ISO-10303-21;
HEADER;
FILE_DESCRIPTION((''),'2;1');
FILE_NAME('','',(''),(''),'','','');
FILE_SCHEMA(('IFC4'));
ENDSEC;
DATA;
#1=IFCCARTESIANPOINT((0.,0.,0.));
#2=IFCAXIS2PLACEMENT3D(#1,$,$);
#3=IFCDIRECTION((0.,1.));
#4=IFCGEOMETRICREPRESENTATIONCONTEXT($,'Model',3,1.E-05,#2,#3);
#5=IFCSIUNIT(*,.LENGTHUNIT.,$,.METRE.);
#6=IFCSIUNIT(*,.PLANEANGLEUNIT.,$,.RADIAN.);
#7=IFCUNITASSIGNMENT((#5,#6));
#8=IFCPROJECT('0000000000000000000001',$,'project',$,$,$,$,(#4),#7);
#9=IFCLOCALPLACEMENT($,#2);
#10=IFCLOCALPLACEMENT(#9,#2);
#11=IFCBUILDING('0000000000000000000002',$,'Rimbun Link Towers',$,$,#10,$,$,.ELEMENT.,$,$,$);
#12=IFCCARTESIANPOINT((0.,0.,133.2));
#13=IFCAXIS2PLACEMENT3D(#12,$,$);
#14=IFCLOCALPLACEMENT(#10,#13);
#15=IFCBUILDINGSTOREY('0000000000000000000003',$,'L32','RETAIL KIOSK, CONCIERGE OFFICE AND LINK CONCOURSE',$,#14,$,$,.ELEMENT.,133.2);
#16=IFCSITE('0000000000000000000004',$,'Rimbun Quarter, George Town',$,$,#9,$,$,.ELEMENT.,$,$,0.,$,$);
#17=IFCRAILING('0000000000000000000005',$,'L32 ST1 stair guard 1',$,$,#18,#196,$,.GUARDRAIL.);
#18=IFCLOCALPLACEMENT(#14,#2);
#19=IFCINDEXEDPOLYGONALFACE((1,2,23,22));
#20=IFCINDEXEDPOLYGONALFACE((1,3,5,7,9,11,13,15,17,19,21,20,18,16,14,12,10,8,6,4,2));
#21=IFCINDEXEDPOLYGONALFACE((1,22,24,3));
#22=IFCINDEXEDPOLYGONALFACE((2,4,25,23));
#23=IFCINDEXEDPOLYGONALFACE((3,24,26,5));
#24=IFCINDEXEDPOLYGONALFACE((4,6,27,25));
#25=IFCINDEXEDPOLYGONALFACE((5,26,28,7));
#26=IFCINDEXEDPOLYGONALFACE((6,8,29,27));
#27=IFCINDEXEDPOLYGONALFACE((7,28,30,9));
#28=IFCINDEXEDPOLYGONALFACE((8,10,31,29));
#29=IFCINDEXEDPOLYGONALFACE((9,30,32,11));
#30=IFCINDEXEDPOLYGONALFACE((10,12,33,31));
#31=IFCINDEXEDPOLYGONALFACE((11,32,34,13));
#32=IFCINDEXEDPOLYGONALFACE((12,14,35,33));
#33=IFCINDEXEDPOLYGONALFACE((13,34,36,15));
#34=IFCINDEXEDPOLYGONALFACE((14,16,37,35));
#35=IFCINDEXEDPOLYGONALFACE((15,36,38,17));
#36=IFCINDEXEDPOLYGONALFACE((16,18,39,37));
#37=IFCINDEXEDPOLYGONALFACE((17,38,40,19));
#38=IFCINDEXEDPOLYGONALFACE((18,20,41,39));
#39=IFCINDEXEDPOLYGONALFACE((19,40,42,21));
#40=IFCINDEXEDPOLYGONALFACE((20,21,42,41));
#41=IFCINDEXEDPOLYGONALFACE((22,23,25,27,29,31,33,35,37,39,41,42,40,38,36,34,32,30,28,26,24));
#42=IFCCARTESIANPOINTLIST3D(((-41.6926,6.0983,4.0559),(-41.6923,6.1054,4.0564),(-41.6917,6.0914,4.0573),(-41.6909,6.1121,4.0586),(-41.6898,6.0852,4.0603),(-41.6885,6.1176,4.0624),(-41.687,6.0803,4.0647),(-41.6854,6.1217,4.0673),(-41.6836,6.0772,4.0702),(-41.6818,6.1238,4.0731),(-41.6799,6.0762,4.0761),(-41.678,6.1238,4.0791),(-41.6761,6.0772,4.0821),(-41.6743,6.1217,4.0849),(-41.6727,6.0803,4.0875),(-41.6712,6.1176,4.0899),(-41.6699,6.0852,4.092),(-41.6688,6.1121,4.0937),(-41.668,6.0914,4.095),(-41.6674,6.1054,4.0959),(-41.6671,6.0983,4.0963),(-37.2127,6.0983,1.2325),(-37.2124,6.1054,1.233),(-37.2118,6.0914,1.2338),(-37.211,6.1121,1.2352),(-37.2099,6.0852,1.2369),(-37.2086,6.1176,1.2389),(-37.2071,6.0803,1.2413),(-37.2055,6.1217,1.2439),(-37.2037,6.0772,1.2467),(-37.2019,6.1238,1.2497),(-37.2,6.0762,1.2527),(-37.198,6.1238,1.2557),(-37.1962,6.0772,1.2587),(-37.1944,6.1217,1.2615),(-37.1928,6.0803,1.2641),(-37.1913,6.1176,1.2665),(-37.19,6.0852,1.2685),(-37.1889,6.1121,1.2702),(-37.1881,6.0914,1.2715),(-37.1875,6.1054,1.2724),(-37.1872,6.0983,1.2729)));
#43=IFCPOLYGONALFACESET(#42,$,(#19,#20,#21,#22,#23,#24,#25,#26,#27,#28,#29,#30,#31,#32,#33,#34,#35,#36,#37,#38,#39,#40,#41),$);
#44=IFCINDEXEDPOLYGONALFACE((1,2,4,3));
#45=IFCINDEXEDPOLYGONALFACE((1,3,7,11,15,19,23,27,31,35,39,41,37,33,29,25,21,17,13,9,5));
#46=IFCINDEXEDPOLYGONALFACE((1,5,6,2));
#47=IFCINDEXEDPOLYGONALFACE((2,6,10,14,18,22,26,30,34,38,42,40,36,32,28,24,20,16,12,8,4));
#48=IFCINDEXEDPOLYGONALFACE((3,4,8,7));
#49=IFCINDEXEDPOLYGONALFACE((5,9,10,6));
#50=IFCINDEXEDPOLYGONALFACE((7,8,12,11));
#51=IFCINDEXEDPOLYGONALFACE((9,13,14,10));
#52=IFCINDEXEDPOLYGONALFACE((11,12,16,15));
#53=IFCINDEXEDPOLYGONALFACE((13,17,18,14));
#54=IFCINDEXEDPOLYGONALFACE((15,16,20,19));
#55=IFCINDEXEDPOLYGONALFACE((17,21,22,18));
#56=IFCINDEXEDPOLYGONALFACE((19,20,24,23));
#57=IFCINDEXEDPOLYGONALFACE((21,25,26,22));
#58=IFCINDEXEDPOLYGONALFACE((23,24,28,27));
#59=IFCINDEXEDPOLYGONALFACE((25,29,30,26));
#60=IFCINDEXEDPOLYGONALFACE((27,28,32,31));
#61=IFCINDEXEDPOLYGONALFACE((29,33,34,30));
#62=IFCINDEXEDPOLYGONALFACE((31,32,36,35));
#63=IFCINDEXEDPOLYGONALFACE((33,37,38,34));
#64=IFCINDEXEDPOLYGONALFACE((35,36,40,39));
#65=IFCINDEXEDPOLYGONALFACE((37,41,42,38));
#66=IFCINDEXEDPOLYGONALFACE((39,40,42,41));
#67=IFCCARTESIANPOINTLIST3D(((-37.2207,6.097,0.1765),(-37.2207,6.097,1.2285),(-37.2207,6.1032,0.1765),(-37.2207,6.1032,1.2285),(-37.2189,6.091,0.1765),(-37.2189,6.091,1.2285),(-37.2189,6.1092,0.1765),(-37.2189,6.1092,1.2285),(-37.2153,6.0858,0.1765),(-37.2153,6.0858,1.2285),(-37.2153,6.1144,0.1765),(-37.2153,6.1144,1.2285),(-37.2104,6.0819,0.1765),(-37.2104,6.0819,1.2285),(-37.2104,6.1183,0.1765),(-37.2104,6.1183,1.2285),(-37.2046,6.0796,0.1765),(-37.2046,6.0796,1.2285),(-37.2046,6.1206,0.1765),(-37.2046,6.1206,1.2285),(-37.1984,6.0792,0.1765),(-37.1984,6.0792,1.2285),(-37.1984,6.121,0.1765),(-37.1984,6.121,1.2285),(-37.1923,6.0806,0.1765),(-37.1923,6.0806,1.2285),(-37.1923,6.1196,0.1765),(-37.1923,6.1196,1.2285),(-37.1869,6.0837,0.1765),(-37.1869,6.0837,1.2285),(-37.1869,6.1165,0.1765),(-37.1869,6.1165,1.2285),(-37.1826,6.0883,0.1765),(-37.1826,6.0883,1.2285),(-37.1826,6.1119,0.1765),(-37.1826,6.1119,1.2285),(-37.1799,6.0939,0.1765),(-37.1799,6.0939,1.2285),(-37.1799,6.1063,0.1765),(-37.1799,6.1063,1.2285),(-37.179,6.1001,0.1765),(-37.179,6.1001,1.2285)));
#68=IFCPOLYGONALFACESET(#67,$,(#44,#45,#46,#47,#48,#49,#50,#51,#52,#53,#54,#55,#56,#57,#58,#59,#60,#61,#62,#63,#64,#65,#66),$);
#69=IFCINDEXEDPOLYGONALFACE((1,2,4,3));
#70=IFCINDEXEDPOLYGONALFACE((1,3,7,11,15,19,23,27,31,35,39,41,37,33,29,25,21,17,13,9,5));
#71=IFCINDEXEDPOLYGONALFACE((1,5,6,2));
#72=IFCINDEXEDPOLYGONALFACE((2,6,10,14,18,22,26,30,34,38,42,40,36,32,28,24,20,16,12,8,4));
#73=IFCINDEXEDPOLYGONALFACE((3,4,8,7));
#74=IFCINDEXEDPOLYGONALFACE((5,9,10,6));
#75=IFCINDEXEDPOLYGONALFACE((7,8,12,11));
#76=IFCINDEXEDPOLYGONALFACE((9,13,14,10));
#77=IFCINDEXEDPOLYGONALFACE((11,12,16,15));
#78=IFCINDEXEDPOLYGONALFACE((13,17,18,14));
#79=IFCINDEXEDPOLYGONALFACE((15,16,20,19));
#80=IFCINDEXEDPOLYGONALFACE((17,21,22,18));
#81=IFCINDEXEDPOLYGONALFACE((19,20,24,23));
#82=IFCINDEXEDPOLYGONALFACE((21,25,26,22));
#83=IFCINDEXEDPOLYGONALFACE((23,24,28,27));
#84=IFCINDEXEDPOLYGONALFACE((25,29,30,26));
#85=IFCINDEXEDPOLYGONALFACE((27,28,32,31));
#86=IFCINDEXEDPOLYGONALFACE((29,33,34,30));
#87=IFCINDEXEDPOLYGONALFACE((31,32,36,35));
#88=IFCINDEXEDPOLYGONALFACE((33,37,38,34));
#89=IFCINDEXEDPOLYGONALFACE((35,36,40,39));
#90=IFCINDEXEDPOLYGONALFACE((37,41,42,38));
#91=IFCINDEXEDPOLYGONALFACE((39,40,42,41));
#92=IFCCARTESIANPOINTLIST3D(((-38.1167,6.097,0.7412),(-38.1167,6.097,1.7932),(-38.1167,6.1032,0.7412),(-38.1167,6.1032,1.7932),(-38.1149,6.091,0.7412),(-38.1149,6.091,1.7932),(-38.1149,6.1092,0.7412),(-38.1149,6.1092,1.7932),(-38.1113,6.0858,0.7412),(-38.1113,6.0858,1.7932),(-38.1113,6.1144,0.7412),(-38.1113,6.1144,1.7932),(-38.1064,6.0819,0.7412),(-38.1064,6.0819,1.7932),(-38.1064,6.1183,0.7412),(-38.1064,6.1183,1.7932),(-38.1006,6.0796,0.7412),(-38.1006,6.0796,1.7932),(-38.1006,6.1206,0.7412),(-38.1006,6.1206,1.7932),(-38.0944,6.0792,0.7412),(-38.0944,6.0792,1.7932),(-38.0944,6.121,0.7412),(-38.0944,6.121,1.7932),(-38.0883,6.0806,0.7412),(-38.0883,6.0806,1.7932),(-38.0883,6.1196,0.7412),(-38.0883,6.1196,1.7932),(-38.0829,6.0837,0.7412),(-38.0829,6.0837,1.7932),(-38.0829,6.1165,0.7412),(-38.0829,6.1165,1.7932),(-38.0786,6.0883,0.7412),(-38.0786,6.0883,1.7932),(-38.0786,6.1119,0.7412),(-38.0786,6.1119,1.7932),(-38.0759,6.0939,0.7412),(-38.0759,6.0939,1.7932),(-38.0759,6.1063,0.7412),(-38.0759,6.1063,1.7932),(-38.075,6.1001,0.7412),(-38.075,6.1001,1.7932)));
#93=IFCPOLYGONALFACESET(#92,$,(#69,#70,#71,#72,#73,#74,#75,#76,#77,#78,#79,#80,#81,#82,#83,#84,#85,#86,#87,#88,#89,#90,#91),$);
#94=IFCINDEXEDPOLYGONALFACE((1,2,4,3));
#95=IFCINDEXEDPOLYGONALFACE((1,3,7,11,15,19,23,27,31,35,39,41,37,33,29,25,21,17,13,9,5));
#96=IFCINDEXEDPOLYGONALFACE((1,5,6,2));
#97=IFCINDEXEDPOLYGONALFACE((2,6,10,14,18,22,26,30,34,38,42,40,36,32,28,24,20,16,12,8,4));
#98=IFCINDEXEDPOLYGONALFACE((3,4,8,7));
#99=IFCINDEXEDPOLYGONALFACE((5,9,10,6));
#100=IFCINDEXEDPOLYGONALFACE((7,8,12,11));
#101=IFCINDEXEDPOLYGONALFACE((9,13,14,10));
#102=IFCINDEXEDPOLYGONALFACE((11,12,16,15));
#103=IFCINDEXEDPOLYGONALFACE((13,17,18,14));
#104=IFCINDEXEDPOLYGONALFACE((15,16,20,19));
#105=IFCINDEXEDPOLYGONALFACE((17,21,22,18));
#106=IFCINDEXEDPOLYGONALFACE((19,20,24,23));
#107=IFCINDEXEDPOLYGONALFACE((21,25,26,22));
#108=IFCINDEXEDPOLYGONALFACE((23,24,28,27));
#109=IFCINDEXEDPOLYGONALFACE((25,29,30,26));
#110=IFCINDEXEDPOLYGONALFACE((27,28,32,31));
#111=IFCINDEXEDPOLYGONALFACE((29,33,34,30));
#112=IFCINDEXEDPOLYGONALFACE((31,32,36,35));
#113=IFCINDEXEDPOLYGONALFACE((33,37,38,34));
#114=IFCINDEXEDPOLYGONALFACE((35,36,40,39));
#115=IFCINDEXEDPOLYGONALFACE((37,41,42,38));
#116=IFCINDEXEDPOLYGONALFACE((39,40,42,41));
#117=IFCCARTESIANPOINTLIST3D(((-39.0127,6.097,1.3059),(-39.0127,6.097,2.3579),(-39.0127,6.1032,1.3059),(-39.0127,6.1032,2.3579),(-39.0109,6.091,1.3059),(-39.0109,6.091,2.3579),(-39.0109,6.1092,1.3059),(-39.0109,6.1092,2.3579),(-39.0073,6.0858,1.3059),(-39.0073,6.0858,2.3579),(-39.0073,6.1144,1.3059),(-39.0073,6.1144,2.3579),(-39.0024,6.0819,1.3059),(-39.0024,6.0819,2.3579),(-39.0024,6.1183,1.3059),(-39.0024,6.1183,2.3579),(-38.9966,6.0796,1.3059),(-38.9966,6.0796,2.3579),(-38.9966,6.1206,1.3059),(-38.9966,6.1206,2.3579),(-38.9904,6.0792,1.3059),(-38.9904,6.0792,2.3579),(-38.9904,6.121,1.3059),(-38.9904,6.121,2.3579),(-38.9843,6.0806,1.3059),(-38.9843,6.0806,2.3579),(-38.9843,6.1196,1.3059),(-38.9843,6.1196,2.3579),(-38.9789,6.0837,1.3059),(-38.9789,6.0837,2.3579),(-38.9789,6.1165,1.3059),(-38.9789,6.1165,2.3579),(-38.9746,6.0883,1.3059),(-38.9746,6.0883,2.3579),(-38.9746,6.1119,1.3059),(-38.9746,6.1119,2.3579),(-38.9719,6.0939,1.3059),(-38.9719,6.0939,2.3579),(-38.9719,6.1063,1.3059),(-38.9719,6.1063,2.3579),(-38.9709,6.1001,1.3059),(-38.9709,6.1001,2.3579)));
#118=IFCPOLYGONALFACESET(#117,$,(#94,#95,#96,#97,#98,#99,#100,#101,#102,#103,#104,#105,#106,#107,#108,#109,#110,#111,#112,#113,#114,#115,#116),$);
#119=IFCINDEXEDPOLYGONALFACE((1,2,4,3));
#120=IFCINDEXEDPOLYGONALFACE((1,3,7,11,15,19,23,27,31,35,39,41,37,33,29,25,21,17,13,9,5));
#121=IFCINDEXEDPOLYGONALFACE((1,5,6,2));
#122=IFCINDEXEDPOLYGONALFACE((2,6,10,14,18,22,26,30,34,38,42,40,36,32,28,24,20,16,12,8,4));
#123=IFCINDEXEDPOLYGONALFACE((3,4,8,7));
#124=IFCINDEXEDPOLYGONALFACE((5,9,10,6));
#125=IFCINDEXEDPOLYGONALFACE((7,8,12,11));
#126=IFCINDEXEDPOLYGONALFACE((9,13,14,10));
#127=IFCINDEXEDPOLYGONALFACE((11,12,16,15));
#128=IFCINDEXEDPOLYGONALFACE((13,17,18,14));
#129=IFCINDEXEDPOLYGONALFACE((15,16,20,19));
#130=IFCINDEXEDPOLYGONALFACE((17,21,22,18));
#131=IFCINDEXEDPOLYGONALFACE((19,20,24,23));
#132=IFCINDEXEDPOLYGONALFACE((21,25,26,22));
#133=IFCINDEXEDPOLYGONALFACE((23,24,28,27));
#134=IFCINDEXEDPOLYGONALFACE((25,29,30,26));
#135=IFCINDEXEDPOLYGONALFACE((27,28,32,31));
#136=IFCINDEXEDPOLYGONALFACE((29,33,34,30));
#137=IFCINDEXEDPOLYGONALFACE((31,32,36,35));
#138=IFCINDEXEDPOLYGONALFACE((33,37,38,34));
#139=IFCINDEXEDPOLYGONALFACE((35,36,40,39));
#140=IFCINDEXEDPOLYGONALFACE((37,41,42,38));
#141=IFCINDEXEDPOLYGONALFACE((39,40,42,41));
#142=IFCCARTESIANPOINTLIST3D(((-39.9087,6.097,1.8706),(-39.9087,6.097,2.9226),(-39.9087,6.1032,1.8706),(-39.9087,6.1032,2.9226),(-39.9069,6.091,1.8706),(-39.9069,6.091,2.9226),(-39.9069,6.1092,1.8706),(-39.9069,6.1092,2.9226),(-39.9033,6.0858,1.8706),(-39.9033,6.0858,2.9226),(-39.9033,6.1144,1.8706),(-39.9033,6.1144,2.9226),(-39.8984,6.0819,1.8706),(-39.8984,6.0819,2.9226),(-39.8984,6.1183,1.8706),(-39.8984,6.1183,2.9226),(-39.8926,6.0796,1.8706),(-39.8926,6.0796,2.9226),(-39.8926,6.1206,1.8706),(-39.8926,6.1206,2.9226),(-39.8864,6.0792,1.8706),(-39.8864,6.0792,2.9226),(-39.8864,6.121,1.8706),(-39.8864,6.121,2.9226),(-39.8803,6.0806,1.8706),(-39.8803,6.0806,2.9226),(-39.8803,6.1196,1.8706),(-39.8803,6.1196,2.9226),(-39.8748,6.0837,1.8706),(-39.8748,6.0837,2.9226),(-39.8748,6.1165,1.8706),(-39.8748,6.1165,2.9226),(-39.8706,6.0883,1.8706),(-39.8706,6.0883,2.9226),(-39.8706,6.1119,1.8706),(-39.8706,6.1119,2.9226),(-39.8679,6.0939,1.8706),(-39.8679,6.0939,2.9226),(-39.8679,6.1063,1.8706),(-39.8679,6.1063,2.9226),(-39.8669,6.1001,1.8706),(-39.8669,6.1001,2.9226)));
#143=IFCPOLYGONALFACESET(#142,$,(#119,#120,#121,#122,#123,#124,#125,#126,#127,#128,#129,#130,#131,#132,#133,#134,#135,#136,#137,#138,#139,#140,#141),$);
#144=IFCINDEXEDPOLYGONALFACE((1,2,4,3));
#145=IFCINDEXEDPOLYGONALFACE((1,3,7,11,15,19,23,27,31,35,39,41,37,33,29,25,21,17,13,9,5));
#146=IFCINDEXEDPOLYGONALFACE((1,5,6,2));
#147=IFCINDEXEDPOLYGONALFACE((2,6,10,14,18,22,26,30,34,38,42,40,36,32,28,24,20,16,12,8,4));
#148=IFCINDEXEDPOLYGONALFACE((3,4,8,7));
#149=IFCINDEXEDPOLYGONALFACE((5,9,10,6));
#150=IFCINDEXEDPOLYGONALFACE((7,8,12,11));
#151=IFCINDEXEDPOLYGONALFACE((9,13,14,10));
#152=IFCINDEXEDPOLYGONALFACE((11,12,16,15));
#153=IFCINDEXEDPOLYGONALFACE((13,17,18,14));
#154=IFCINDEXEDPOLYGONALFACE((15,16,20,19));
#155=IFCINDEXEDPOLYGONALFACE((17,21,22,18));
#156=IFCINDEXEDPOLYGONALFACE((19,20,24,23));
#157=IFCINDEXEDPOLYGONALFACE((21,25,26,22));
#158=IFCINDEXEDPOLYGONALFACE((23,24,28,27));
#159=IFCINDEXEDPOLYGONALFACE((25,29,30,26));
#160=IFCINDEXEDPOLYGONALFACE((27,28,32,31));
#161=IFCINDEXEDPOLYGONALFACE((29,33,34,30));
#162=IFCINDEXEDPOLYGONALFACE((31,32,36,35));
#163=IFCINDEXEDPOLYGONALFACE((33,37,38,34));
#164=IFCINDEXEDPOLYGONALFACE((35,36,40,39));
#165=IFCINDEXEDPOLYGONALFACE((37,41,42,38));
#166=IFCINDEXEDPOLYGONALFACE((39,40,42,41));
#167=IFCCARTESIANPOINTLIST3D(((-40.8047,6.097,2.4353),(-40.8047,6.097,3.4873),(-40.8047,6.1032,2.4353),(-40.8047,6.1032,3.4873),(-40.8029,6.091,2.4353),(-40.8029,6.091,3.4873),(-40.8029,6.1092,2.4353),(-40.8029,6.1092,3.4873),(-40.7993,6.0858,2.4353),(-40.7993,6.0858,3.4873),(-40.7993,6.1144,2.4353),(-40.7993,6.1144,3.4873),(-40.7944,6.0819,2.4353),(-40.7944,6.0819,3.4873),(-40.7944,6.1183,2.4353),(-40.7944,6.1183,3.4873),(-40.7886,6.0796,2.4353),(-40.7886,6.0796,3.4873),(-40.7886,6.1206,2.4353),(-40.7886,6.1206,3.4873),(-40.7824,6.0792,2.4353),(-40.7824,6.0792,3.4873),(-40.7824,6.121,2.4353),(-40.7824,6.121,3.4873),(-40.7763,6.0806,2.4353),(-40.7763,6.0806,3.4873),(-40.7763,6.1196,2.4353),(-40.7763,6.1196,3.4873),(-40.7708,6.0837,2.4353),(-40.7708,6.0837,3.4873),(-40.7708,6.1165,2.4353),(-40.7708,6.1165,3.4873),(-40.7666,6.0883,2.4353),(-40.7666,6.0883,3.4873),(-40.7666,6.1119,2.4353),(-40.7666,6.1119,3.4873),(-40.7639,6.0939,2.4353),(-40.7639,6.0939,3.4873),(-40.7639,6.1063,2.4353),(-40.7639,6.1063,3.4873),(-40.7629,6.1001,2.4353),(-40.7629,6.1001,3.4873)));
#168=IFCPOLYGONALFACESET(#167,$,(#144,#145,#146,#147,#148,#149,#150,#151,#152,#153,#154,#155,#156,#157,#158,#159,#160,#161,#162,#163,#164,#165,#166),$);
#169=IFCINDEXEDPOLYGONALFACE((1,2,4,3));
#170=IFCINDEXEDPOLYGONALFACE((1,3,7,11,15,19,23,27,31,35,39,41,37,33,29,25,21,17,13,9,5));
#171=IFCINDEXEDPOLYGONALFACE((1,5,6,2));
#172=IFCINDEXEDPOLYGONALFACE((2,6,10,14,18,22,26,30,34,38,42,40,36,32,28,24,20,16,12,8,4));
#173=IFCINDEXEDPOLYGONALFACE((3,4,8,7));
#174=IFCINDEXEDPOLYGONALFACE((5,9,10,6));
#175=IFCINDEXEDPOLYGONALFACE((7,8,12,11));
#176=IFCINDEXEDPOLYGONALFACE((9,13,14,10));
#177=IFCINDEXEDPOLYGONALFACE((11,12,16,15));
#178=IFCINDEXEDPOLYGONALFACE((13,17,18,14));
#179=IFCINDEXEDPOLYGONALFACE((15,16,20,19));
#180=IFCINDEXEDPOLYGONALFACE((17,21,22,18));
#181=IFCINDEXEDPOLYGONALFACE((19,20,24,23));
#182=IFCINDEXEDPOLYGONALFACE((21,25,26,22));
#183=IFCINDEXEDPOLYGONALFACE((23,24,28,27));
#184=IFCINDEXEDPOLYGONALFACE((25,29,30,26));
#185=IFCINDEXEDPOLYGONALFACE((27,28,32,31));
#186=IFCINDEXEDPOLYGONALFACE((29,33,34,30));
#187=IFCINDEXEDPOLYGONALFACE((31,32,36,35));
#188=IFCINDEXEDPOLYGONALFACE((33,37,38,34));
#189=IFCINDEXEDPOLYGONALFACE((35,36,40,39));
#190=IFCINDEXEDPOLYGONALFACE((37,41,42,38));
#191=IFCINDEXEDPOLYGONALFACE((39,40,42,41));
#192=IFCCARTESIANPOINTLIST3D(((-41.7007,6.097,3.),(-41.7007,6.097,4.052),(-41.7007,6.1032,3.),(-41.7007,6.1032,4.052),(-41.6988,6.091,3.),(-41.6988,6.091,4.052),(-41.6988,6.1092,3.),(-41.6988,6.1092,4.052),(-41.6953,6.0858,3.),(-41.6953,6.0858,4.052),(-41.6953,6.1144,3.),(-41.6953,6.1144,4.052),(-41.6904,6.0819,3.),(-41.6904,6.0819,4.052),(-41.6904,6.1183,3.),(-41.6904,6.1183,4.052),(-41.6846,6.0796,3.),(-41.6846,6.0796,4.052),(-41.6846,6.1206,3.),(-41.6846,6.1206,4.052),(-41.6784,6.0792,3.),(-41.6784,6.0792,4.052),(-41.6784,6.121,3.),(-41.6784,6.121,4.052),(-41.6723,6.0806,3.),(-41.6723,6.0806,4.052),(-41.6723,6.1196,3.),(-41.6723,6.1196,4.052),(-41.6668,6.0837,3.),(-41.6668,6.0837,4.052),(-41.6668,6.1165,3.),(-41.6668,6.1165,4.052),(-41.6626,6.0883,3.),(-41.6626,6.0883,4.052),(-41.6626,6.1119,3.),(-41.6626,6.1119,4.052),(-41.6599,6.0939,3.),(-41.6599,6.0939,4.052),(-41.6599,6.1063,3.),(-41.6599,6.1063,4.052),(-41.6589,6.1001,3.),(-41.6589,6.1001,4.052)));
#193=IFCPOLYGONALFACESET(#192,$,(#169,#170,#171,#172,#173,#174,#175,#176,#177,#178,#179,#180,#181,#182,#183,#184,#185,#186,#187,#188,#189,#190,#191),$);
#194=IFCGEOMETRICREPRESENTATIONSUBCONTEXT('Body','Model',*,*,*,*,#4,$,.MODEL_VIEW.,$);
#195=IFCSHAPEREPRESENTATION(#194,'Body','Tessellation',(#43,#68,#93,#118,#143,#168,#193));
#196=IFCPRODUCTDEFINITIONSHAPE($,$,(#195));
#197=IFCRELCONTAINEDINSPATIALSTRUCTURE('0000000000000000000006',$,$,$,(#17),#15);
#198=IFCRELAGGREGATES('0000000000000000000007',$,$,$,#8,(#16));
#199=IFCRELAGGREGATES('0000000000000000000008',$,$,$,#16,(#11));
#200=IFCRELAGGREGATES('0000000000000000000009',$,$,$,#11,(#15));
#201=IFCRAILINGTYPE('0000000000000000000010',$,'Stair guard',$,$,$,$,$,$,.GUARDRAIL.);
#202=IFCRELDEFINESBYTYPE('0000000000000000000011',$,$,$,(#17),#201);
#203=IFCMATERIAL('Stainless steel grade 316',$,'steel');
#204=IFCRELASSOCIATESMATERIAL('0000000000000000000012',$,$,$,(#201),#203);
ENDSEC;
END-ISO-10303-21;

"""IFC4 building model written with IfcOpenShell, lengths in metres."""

from ifc_helpers import new_model, si_unit, direction, frame, origin, origin_2d, place, context, subcontext, project, spatial, circle, extrude, material, type_object, element, save


model = new_model("IFC4")

# Units and contexts
model_context = context("Model", 3, precision=1e-05, world=origin(), true_north=direction((0.0, 1.0)))
body_context = subcontext(model_context, "Body", "Model", "MODEL_VIEW")
ifc_project = project(units=[si_unit("LENGTHUNIT", "METRE"), si_unit("PLANEANGLEUNIT", "RADIAN")], contexts=[model_context])

# Site, building, storey
site_placement = place(None, origin())
site = spatial("IfcSite", under=ifc_project, at=site_placement, Name="Rimbun Quarter, George Town", CompositionType="ELEMENT", RefElevation=0.0)
building_placement = place(site_placement, origin())
building = spatial("IfcBuilding", under=site, at=building_placement, Name="Rimbun Link Towers", CompositionType="ELEMENT")
storey_placement = place(building_placement, frame((0.0, 0.0, 133.2)))
storey = spatial("IfcBuildingStorey", under=building, at=storey_placement, Name="L32", Description="RETAIL KIOSK, CONCIERGE OFFICE AND LINK CONCOURSE", CompositionType="ELEMENT", Elevation=133.2)

# Railing
ifc_material_1 = material(Name="Stainless steel grade 316", Category="steel")
railing_type_1 = type_object("IfcRailingType", Name="Stair guard", PredefinedType="GUARDRAIL", material=ifc_material_1)
railing_1_placement = place(storey_placement, frame((-37.2, 6.1001, 0.1765)))
element("IfcRailing", 1, at=railing_1_placement, inside=storey, type_object=railing_type_1, Name="L32 ST1 stair guard 1", PredefinedType="GUARDRAIL", context=body_context, shape_type="SweptSolid", body=[
    extrude(circle(Radius=0.0239, at=origin_2d()), frame((0.0, 0.0, 1.0762), z_axis=(-0.845998, 0.0, 0.533186), x_axis=(0.0, -1.0, 0.0)), (0.0, 0.0, 1.0), 5.2954),
    extrude(circle(Radius=0.021, at=origin_2d()), origin(), (0.0, 0.0, 1.0), 1.052),
    extrude(circle(Radius=0.021, at=origin_2d()), frame((-0.896, 0.0, 0.5647)), (0.0, 0.0, 1.0), 1.052),
    extrude(circle(Radius=0.021, at=origin_2d()), frame((-1.792, 0.0, 1.1294)), (0.0, 0.0, 1.0), 1.052),
    extrude(circle(Radius=0.021, at=origin_2d()), frame((-2.688, 0.0, 1.6941)), (0.0, 0.0, 1.0), 1.052),
    extrude(circle(Radius=0.021, at=origin_2d()), frame((-3.584, 0.0, 2.2588)), (0.0, 0.0, 1.0), 1.052),
    extrude(circle(Radius=0.021, at=origin_2d()), frame((-4.48, 0.0, 2.8235)), (0.0, 0.0, 1.0), 1.052),
])

save(model, "model.ifc")
